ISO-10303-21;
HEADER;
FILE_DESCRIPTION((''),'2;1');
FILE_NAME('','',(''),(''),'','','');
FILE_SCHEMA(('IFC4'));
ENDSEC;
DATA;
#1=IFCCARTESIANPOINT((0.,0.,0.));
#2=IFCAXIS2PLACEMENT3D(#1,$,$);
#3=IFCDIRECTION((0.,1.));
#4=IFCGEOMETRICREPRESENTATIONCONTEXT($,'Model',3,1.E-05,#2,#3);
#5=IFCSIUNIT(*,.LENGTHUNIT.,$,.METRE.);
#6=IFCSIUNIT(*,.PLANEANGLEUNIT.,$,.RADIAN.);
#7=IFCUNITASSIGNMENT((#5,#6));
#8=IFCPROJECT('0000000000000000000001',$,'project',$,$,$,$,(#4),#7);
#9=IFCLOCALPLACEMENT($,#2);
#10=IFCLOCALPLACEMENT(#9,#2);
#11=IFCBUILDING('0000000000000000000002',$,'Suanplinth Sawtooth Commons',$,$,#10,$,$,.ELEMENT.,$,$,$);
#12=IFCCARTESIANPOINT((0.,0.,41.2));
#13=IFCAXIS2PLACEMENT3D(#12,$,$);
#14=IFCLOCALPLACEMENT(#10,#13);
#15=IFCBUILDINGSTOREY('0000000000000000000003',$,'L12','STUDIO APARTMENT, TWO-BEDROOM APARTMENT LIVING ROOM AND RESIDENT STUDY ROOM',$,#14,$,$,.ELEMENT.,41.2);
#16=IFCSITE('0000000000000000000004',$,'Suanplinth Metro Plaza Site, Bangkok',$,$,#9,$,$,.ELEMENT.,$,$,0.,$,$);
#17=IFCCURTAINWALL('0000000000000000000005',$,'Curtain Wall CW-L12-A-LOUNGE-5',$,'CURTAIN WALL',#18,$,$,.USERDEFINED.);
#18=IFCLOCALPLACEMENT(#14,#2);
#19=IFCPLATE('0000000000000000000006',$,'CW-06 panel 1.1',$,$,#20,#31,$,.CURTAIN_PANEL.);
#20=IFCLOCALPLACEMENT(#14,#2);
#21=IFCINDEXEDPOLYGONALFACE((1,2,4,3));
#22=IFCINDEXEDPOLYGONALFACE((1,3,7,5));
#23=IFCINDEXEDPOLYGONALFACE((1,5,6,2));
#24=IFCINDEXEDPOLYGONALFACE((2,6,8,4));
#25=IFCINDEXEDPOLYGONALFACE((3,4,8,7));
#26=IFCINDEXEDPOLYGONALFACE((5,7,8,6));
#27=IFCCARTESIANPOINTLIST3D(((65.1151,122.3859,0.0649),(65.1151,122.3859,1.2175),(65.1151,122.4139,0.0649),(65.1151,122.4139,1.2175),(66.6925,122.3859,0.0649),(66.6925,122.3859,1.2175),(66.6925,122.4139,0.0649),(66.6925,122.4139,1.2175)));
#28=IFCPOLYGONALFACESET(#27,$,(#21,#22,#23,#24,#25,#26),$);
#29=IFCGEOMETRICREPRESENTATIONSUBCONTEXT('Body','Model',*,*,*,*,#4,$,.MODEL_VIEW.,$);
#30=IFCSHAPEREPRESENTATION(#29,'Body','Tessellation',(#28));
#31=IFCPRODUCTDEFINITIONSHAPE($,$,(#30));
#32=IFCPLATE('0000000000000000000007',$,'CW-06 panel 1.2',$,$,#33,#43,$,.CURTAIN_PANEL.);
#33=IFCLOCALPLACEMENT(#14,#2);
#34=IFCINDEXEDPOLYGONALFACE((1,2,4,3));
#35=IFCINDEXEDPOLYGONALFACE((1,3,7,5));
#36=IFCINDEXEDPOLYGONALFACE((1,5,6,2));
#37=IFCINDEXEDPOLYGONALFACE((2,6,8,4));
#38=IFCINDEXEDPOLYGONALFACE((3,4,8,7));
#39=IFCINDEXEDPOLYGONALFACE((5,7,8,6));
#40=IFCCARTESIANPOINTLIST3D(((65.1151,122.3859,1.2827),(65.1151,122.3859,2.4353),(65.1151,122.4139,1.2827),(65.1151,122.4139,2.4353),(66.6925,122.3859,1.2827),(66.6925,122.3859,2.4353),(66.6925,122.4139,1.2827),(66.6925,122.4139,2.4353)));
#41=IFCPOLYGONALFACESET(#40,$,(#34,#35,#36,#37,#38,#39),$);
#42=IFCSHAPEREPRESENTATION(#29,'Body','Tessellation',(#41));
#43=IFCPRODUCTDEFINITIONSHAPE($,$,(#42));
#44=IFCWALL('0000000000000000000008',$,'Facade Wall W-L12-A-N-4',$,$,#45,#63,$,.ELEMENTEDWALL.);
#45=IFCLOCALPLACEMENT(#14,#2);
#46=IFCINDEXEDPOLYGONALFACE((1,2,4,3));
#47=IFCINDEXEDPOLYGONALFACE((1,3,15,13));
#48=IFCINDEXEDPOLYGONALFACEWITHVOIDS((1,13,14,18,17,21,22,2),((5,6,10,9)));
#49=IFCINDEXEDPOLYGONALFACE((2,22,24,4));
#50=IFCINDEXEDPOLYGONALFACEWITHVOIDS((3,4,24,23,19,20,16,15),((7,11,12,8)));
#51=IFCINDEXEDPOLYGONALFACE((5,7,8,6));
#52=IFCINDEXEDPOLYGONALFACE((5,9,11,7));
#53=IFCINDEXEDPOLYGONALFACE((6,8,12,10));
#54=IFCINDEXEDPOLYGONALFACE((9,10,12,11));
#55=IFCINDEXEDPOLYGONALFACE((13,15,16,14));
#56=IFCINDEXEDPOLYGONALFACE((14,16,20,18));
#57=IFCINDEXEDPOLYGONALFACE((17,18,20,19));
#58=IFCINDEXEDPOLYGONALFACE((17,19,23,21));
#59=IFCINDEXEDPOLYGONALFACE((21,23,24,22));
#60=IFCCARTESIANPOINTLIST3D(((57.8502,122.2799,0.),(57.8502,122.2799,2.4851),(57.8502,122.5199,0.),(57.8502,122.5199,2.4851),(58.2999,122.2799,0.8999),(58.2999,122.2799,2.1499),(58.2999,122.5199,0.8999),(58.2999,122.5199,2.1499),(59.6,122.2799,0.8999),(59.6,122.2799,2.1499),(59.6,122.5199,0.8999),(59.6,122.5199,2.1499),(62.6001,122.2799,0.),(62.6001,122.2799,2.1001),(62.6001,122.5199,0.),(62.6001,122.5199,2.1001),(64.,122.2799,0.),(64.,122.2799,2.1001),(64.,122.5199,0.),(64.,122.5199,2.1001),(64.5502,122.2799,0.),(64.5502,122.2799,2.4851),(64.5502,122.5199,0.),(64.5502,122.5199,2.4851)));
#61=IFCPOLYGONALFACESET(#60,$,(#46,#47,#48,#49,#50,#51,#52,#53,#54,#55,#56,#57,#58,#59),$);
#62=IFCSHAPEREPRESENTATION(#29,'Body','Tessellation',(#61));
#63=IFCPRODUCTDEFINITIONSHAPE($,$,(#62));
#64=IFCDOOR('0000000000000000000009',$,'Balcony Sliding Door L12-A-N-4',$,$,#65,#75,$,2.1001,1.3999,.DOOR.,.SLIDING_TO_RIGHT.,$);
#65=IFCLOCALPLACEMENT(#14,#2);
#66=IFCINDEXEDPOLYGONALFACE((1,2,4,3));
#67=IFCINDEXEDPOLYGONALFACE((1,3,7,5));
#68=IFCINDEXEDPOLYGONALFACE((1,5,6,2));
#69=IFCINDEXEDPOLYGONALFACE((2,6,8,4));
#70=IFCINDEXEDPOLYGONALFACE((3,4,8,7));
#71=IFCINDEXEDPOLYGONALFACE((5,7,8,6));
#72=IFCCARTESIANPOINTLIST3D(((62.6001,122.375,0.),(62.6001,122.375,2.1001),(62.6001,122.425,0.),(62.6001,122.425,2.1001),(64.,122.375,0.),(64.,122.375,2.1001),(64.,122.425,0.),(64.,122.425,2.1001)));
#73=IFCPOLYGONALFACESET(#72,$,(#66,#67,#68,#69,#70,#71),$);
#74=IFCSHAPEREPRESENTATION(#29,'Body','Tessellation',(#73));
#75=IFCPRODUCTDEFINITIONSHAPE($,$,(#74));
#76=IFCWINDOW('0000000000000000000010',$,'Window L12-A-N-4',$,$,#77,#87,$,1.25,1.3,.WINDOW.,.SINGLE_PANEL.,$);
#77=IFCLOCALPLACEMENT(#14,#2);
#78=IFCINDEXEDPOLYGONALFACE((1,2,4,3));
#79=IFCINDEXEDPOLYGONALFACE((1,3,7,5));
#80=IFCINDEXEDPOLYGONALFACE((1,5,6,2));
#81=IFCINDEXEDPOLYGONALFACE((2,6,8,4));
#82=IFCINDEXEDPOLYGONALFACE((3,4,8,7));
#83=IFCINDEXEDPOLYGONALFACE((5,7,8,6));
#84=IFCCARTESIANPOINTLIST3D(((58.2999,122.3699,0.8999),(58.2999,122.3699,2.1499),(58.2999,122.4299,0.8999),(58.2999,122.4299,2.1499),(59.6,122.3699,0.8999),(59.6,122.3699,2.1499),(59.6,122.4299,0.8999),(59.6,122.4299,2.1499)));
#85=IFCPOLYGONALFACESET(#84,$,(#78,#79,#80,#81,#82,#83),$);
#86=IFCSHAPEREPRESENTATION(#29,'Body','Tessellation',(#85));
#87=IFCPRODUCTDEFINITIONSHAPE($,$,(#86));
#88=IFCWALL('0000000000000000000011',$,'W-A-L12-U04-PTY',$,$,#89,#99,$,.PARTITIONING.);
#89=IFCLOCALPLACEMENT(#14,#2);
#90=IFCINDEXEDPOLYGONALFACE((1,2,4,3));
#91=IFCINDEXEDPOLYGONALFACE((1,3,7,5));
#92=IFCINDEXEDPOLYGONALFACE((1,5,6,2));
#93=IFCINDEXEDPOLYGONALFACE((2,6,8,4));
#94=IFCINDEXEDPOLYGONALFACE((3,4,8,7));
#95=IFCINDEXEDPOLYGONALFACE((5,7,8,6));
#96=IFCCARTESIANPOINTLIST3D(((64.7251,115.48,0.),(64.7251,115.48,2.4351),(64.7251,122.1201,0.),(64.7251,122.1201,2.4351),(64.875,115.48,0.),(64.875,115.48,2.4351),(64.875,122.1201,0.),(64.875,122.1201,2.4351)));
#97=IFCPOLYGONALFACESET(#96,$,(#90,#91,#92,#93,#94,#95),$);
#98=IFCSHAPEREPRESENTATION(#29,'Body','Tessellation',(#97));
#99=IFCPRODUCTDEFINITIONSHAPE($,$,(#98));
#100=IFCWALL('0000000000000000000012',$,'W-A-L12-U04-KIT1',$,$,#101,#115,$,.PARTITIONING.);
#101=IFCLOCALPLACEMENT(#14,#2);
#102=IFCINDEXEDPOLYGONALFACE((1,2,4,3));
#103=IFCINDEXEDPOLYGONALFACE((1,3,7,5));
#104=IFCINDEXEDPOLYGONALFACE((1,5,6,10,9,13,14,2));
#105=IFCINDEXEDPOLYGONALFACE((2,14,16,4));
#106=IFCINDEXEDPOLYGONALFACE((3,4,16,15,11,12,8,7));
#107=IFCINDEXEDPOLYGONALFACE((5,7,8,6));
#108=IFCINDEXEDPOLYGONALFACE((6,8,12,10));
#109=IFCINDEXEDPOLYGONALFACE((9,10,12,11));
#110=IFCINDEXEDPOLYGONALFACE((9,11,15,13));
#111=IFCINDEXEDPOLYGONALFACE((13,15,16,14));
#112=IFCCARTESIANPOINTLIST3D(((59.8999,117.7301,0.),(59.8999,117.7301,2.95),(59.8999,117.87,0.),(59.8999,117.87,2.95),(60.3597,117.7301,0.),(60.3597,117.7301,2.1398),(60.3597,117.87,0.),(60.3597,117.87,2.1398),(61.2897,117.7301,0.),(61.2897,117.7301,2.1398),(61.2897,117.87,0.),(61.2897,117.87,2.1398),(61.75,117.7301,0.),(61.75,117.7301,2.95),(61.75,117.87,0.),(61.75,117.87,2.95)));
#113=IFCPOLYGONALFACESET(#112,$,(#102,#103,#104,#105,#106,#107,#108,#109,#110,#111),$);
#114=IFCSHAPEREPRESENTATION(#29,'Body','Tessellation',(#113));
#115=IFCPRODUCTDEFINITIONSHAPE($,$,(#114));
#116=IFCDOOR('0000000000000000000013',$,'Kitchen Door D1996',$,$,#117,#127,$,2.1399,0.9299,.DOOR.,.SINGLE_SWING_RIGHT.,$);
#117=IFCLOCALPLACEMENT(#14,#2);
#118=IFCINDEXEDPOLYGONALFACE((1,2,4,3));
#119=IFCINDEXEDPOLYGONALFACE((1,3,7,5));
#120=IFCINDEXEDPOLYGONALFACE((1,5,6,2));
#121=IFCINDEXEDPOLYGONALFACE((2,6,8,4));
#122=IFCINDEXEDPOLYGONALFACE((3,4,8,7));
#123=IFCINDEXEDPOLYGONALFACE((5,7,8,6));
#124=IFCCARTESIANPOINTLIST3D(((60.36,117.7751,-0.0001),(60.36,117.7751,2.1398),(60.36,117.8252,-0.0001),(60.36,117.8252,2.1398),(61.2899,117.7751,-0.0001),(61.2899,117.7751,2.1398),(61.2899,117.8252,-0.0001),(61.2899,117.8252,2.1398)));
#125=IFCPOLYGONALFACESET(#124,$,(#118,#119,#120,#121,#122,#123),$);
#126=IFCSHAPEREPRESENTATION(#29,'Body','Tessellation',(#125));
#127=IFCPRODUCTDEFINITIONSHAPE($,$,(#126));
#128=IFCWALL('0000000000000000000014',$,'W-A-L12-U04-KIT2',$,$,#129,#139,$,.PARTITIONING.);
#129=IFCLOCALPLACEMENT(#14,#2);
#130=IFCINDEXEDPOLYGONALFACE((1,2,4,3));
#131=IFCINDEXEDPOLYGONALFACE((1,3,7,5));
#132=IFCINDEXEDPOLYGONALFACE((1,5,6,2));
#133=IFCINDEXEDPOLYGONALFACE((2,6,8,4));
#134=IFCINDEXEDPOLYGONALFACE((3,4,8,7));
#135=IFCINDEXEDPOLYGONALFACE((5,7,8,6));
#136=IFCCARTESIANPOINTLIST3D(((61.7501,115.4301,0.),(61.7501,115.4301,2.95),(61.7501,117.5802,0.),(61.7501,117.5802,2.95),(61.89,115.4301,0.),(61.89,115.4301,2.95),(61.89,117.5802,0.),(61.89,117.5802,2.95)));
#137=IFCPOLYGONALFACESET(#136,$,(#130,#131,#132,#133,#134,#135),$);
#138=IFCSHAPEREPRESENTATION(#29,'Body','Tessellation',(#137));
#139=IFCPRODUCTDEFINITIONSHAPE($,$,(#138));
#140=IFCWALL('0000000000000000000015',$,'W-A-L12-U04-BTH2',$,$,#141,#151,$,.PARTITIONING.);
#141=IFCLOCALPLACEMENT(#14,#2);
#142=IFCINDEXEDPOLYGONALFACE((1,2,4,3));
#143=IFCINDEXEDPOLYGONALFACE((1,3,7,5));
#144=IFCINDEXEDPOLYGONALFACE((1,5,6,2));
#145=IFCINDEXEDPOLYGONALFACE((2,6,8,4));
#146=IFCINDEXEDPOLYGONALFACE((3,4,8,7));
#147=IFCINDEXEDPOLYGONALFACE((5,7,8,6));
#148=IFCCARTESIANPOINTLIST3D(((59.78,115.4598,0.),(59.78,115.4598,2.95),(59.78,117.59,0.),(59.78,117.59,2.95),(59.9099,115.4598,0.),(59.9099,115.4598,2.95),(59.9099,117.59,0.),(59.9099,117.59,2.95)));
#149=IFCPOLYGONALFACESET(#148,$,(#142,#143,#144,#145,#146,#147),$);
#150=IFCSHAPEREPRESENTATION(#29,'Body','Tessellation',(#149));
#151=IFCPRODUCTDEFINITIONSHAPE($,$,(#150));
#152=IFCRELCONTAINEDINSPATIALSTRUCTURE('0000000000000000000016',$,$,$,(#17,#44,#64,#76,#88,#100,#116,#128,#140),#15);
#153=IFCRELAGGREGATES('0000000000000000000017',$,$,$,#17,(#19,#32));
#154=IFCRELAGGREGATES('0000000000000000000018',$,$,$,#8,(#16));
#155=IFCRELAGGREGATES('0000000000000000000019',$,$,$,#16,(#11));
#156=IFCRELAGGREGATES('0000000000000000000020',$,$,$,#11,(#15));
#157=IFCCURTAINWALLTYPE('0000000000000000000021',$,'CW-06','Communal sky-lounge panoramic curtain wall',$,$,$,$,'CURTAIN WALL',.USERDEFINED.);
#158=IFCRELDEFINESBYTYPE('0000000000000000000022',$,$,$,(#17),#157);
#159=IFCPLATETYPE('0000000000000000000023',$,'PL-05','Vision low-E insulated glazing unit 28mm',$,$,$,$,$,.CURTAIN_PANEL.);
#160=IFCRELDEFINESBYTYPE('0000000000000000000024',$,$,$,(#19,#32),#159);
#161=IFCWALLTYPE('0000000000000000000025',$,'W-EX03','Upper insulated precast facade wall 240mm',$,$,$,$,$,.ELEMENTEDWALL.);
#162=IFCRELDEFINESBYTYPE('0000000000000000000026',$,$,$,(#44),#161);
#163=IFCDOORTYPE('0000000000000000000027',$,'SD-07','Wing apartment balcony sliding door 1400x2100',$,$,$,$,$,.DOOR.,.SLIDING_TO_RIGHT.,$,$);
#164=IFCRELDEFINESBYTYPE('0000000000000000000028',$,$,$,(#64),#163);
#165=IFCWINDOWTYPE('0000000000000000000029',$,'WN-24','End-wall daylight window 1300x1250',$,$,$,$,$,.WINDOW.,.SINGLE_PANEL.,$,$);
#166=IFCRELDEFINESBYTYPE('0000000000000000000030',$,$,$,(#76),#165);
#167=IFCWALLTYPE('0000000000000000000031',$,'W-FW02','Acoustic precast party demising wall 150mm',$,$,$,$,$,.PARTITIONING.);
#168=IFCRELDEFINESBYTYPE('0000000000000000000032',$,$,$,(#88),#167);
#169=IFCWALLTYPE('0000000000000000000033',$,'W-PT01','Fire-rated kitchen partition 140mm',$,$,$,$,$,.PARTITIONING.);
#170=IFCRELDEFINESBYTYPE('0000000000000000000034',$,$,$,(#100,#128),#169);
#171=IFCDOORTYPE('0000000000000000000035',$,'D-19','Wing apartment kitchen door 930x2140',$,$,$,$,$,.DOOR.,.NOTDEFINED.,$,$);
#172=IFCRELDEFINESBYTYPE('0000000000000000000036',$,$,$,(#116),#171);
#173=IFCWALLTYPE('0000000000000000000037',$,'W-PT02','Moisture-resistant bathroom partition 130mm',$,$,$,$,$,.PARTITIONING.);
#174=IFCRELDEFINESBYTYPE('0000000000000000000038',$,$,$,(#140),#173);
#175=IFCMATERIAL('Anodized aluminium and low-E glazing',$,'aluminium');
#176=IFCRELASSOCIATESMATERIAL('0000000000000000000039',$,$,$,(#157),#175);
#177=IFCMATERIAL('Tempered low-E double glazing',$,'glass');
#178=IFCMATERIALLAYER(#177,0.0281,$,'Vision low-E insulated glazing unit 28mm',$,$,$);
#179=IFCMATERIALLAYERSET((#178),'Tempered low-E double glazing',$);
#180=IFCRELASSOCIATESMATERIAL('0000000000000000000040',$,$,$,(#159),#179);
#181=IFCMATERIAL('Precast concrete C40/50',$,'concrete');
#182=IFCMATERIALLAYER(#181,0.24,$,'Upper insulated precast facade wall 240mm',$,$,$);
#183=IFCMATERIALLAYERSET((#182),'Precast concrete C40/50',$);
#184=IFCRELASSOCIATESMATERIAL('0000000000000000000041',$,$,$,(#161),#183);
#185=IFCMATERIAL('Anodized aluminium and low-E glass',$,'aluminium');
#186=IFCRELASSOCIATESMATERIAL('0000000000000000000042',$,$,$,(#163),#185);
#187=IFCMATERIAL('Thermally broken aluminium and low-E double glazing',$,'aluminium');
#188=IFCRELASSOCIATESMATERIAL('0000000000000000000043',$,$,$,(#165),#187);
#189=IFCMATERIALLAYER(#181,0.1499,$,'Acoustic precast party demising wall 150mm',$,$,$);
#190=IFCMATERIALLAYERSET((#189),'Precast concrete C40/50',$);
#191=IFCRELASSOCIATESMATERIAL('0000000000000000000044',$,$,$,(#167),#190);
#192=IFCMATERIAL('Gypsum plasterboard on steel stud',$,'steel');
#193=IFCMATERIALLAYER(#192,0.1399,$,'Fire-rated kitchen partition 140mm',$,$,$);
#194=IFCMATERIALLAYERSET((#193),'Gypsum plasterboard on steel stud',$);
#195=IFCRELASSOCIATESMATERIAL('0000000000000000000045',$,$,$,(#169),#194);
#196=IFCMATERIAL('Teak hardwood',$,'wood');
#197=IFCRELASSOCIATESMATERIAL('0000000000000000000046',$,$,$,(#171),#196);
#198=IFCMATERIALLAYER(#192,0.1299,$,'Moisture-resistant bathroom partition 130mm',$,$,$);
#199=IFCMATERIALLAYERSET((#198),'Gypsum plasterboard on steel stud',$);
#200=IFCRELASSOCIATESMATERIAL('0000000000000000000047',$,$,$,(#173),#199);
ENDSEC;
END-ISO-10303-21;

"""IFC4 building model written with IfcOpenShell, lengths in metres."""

from ifc_helpers import new_model, si_unit, direction, frame, frame_2d, origin, origin_2d, place, context, subcontext, project, spatial, rectangle, extrude, material, layer, layer_set, type_object, element, fill, aggregate, save


model = new_model("IFC4")

# Units and contexts
model_context = context("Model", 3, precision=1e-05, world=origin(), true_north=direction((0.0, 1.0)))
body_context = subcontext(model_context, "Body", "Model", "MODEL_VIEW")
ifc_project = project(units=[si_unit("LENGTHUNIT", "METRE"), si_unit("PLANEANGLEUNIT", "RADIAN")], contexts=[model_context])

# Site, building, storey
site_placement = place(None, origin())
site = spatial("IfcSite", under=ifc_project, at=site_placement, Name="Suanplinth Metro Plaza Site, Bangkok", CompositionType="ELEMENT", RefElevation=0.0)
building_placement = place(site_placement, origin())
building = spatial("IfcBuilding", under=site, at=building_placement, Name="Suanplinth Sawtooth Commons", CompositionType="ELEMENT")
storey_placement = place(building_placement, frame((0.0, 0.0, 41.2)))
storey = spatial("IfcBuildingStorey", under=building, at=storey_placement, Name="L12", Description="STUDIO APARTMENT, TWO-BEDROOM APARTMENT LIVING ROOM AND RESIDENT STUDY ROOM", CompositionType="ELEMENT", Elevation=41.2)

# Shared definitions
ifc_material_1 = material(Name="Precast concrete C40/50", Category="concrete")

# Curtain wall, plates
ifc_material_2 = material(Name="Anodized aluminium and low-E glazing", Category="aluminium")
curtain_wall_type = type_object("IfcCurtainWallType", Name="CW-06", Description="Communal sky-lounge panoramic curtain wall", ElementType="CURTAIN WALL", PredefinedType="USERDEFINED", material=ifc_material_2)
curtain_wall_placement = place(storey_placement, origin())
curtain_wall = element("IfcCurtainWall", 1, at=curtain_wall_placement, inside=storey, type_object=curtain_wall_type, Name="Curtain Wall CW-L12-A-LOUNGE-5", ObjectType="CURTAIN WALL", PredefinedType="USERDEFINED")
ifc_material_3 = material(Name="Tempered low-E double glazing", Category="glass")
ifc_layer_1 = layer(ifc_material_3, 0.0281, Name="Vision low-E insulated glazing unit 28mm")
ifc_layer_set_1 = layer_set([ifc_layer_1], Name="Tempered low-E double glazing")
plate_type = type_object("IfcPlateType", Name="PL-05", Description="Vision low-E insulated glazing unit 28mm", PredefinedType="CURTAIN_PANEL", material=ifc_layer_set_1)
plate_1_placement = place(storey_placement, frame((65.9038, 122.3999, 0.0649), z_axis=(0.0, 0.0, 1.0), x_axis=(1.0, 0.0, 0.0)))
plate_1 = element("IfcPlate", 2, at=plate_1_placement, type_object=plate_type, Name="CW-06 panel 1.1", PredefinedType="CURTAIN_PANEL", context=body_context, shape_type="SweptSolid", body=[
    extrude(rectangle(XDim=1.5774, YDim=0.0281, at=origin_2d()), origin(), (0.0, 0.0, 1.0), 1.1526),
])
plate_2_placement = place(storey_placement, frame((65.9038, 122.3999, 1.2827), z_axis=(0.0, 0.0, 1.0), x_axis=(1.0, 0.0, 0.0)))
plate_2 = element("IfcPlate", 3, at=plate_2_placement, type_object=plate_type, Name="CW-06 panel 1.2", PredefinedType="CURTAIN_PANEL", context=body_context, shape_type="SweptSolid", body=[
    extrude(rectangle(XDim=1.5774, YDim=0.0281, at=origin_2d()), origin(), (0.0, 0.0, 1.0), 1.1526),
])
aggregate(curtain_wall, [plate_1, plate_2])

# Wall, openings, door, window
ifc_layer_2 = layer(ifc_material_1, 0.24, Name="Upper insulated precast facade wall 240mm")
ifc_layer_set_2 = layer_set([ifc_layer_2], Name="Precast concrete C40/50")
wall_type_1 = type_object("IfcWallType", Name="W-EX03", Description="Upper insulated precast facade wall 240mm", PredefinedType="ELEMENTEDWALL", material=ifc_layer_set_2)
wall_1_placement = place(storey_placement, frame((57.8501, 122.3999, 0.0), z_axis=(0.0, 0.0, 1.0), x_axis=(1.0, 0.0, 0.0)))
wall_1 = element("IfcWall", 4, at=wall_1_placement, inside=storey, type_object=wall_type_1, Name="Facade Wall W-L12-A-N-4", PredefinedType="ELEMENTEDWALL", context=body_context, shape_type="SweptSolid", body=[
    extrude(rectangle(XDim=6.7, YDim=0.24, at=frame_2d((3.3501, 0.0))), origin(), (0.0, 0.0, 1.0), 2.4851),
])
opening_1_placement = place(wall_1_placement, frame((4.75, 0.0, 0.0)))
opening_1 = element("IfcOpeningElement", 5, at=opening_1_placement, cuts=wall_1, PredefinedType="OPENING", context=body_context, shape_type="SweptSolid", body=[
    extrude(rectangle(XDim=1.3999, YDim=2.1001, at=frame_2d((0.7, 1.05))), frame((0.0, 0.1348, 0.0), z_axis=(0.0, -1.0, 0.0), x_axis=(1.0, 0.0, 0.0)), (0.0, 0.0, 1.0), 0.2698),
])
opening_2_placement = place(wall_1_placement, frame((0.45, 0.0, 0.8999)))
opening_2 = element("IfcOpeningElement", 6, at=opening_2_placement, cuts=wall_1, PredefinedType="OPENING", context=body_context, shape_type="SweptSolid", body=[
    extrude(rectangle(XDim=1.3, YDim=1.25, at=frame_2d((0.6499, 0.625))), frame((0.0, 0.1348, 0.0), z_axis=(0.0, -1.0, 0.0), x_axis=(1.0, 0.0, 0.0)), (0.0, 0.0, 1.0), 0.2698),
])
ifc_material_4 = material(Name="Anodized aluminium and low-E glass", Category="aluminium")
door_type_1 = type_object("IfcDoorType", Name="SD-07", Description="Wing apartment balcony sliding door 1400x2100", OperationType="SLIDING_TO_RIGHT", PredefinedType="DOOR", material=ifc_material_4)
door_1_placement = place(opening_1_placement, frame((1.3999, 0.0, 0.0), z_axis=(0.0, 0.0, 1.0), x_axis=(-1.0, 0.0, 0.0)))
door_1 = element("IfcDoor", 7, at=door_1_placement, inside=storey, type_object=door_type_1, Name="Balcony Sliding Door L12-A-N-4", OperationType="SLIDING_TO_RIGHT", OverallHeight=2.1001, OverallWidth=1.3999, PredefinedType="DOOR", context=body_context, shape_type="SweptSolid", body=[
    extrude(rectangle(XDim=1.3999, YDim=2.1001, at=frame_2d((0.7, 1.05))), frame((0.0, 0.0249, 0.0), z_axis=(0.0, -1.0, 0.0), x_axis=(1.0, 0.0, 0.0)), (0.0, 0.0, 1.0), 0.05),
])
fill(opening_1, door_1)
ifc_material_5 = material(Name="Thermally broken aluminium and low-E double glazing", Category="aluminium")
window_type = type_object("IfcWindowType", Name="WN-24", Description="End-wall daylight window 1300x1250", PartitioningType="SINGLE_PANEL", PredefinedType="WINDOW", material=ifc_material_5)
window_placement = place(opening_2_placement, origin())
window = element("IfcWindow", 8, at=window_placement, inside=storey, type_object=window_type, Name="Window L12-A-N-4", OverallHeight=1.25, OverallWidth=1.3, PartitioningType="SINGLE_PANEL", PredefinedType="WINDOW", context=body_context, shape_type="SweptSolid", body=[
    extrude(rectangle(XDim=1.3, YDim=1.25, at=frame_2d((0.6499, 0.625))), frame((0.0, 0.03, 0.0), z_axis=(0.0, -1.0, 0.0), x_axis=(1.0, 0.0, 0.0)), (0.0, 0.0, 1.0), 0.0601),
])
fill(opening_2, window)

# Wall
ifc_layer_3 = layer(ifc_material_1, 0.1499, Name="Acoustic precast party demising wall 150mm")
ifc_layer_set_3 = layer_set([ifc_layer_3], Name="Precast concrete C40/50")
wall_type_2 = type_object("IfcWallType", Name="W-FW02", Description="Acoustic precast party demising wall 150mm", PredefinedType="PARTITIONING", material=ifc_layer_set_3)
wall_2_placement = place(storey_placement, frame((64.8, 115.48, 0.0), z_axis=(0.0, 0.0, 1.0), x_axis=(0.0, 1.0, 0.0)))
element("IfcWall", 9, at=wall_2_placement, inside=storey, type_object=wall_type_2, Name="W-A-L12-U04-PTY", PredefinedType="PARTITIONING", context=body_context, shape_type="SweptSolid", body=[
    extrude(rectangle(XDim=6.6401, YDim=0.1499, at=frame_2d((3.3201, 0.0))), origin(), (0.0, 0.0, 1.0), 2.4351),
])

# Wall, opening, door
ifc_material_6 = material(Name="Gypsum plasterboard on steel stud", Category="steel")
ifc_layer_4 = layer(ifc_material_6, 0.1399, Name="Fire-rated kitchen partition 140mm")
ifc_layer_set_4 = layer_set([ifc_layer_4], Name="Gypsum plasterboard on steel stud")
wall_type_3 = type_object("IfcWallType", Name="W-PT01", Description="Fire-rated kitchen partition 140mm", PredefinedType="PARTITIONING", material=ifc_layer_set_4)
wall_3_placement = place(storey_placement, frame((59.8999, 117.8, 0.0), z_axis=(0.0, 0.0, 1.0), x_axis=(1.0, 0.0, 0.0)))
wall_3 = element("IfcWall", 10, at=wall_3_placement, inside=storey, type_object=wall_type_3, Name="W-A-L12-U04-KIT1", PredefinedType="PARTITIONING", context=body_context, shape_type="SweptSolid", body=[
    extrude(rectangle(XDim=1.8501, YDim=0.1399, at=frame_2d((0.925, 0.0))), origin(), (0.0, 0.0, 1.0), 2.95),
])
opening_3_placement = place(wall_3_placement, frame((0.46, 0.0, 0.0)))
opening_3 = element("IfcOpeningElement", 11, at=opening_3_placement, cuts=wall_3, PredefinedType="OPENING", context=body_context, shape_type="SweptSolid", body=[
    extrude(rectangle(XDim=0.9299, YDim=2.1399, at=frame_2d((0.4648, 1.0698))), frame((0.0, 0.085, 0.0), z_axis=(0.0, -1.0, 0.0), x_axis=(1.0, 0.0, 0.0)), (0.0, 0.0, 1.0), 0.1697),
])
ifc_material_7 = material(Name="Teak hardwood", Category="wood")
door_type_2 = type_object("IfcDoorType", Name="D-19", Description="Wing apartment kitchen door 930x2140", OperationType="NOTDEFINED", PredefinedType="DOOR", material=ifc_material_7)
door_2_placement = place(opening_3_placement, frame((0.9299, 0.0, 0.0), z_axis=(0.0, 0.0, 1.0), x_axis=(-1.0, 0.0, 0.0)))
door_2 = element("IfcDoor", 12, at=door_2_placement, inside=storey, type_object=door_type_2, Name="Kitchen Door D1996", OperationType="SINGLE_SWING_RIGHT", OverallHeight=2.1399, OverallWidth=0.9299, PredefinedType="DOOR", context=body_context, shape_type="SweptSolid", body=[
    extrude(rectangle(XDim=0.9299, YDim=2.1399, at=frame_2d((0.4648, 1.0698))), frame((0.0, 0.0249, 0.0), z_axis=(0.0, -1.0, 0.0), x_axis=(1.0, 0.0, 0.0)), (0.0, 0.0, 1.0), 0.05),
])
fill(opening_3, door_2)

# Walls
wall_4_placement = place(storey_placement, frame((61.8201, 115.4299, 0.0), z_axis=(0.0, 0.0, 1.0), x_axis=(0.0, 1.0, 0.0)))
element("IfcWall", 13, at=wall_4_placement, inside=storey, type_object=wall_type_3, Name="W-A-L12-U04-KIT2", PredefinedType="PARTITIONING", context=body_context, shape_type="SweptSolid", body=[
    extrude(rectangle(XDim=2.1501, YDim=0.1399, at=frame_2d((1.0752, 0.0))), origin(), (0.0, 0.0, 1.0), 2.95),
])
ifc_layer_5 = layer(ifc_material_6, 0.1299, Name="Moisture-resistant bathroom partition 130mm")
ifc_layer_set_5 = layer_set([ifc_layer_5], Name="Gypsum plasterboard on steel stud")
wall_type_4 = type_object("IfcWallType", Name="W-PT02", Description="Moisture-resistant bathroom partition 130mm", PredefinedType="PARTITIONING", material=ifc_layer_set_5)
wall_5_placement = place(storey_placement, frame((59.845, 115.46, 0.0), z_axis=(0.0, 0.0, 1.0), x_axis=(0.0, 1.0, 0.0)))
element("IfcWall", 14, at=wall_5_placement, inside=storey, type_object=wall_type_4, Name="W-A-L12-U04-BTH2", PredefinedType="PARTITIONING", context=body_context, shape_type="SweptSolid", body=[
    extrude(rectangle(XDim=2.1301, YDim=0.1299, at=frame_2d((1.0649, 0.0))), origin(), (0.0, 0.0, 1.0), 2.95),
])

save(model, "model.ifc")
